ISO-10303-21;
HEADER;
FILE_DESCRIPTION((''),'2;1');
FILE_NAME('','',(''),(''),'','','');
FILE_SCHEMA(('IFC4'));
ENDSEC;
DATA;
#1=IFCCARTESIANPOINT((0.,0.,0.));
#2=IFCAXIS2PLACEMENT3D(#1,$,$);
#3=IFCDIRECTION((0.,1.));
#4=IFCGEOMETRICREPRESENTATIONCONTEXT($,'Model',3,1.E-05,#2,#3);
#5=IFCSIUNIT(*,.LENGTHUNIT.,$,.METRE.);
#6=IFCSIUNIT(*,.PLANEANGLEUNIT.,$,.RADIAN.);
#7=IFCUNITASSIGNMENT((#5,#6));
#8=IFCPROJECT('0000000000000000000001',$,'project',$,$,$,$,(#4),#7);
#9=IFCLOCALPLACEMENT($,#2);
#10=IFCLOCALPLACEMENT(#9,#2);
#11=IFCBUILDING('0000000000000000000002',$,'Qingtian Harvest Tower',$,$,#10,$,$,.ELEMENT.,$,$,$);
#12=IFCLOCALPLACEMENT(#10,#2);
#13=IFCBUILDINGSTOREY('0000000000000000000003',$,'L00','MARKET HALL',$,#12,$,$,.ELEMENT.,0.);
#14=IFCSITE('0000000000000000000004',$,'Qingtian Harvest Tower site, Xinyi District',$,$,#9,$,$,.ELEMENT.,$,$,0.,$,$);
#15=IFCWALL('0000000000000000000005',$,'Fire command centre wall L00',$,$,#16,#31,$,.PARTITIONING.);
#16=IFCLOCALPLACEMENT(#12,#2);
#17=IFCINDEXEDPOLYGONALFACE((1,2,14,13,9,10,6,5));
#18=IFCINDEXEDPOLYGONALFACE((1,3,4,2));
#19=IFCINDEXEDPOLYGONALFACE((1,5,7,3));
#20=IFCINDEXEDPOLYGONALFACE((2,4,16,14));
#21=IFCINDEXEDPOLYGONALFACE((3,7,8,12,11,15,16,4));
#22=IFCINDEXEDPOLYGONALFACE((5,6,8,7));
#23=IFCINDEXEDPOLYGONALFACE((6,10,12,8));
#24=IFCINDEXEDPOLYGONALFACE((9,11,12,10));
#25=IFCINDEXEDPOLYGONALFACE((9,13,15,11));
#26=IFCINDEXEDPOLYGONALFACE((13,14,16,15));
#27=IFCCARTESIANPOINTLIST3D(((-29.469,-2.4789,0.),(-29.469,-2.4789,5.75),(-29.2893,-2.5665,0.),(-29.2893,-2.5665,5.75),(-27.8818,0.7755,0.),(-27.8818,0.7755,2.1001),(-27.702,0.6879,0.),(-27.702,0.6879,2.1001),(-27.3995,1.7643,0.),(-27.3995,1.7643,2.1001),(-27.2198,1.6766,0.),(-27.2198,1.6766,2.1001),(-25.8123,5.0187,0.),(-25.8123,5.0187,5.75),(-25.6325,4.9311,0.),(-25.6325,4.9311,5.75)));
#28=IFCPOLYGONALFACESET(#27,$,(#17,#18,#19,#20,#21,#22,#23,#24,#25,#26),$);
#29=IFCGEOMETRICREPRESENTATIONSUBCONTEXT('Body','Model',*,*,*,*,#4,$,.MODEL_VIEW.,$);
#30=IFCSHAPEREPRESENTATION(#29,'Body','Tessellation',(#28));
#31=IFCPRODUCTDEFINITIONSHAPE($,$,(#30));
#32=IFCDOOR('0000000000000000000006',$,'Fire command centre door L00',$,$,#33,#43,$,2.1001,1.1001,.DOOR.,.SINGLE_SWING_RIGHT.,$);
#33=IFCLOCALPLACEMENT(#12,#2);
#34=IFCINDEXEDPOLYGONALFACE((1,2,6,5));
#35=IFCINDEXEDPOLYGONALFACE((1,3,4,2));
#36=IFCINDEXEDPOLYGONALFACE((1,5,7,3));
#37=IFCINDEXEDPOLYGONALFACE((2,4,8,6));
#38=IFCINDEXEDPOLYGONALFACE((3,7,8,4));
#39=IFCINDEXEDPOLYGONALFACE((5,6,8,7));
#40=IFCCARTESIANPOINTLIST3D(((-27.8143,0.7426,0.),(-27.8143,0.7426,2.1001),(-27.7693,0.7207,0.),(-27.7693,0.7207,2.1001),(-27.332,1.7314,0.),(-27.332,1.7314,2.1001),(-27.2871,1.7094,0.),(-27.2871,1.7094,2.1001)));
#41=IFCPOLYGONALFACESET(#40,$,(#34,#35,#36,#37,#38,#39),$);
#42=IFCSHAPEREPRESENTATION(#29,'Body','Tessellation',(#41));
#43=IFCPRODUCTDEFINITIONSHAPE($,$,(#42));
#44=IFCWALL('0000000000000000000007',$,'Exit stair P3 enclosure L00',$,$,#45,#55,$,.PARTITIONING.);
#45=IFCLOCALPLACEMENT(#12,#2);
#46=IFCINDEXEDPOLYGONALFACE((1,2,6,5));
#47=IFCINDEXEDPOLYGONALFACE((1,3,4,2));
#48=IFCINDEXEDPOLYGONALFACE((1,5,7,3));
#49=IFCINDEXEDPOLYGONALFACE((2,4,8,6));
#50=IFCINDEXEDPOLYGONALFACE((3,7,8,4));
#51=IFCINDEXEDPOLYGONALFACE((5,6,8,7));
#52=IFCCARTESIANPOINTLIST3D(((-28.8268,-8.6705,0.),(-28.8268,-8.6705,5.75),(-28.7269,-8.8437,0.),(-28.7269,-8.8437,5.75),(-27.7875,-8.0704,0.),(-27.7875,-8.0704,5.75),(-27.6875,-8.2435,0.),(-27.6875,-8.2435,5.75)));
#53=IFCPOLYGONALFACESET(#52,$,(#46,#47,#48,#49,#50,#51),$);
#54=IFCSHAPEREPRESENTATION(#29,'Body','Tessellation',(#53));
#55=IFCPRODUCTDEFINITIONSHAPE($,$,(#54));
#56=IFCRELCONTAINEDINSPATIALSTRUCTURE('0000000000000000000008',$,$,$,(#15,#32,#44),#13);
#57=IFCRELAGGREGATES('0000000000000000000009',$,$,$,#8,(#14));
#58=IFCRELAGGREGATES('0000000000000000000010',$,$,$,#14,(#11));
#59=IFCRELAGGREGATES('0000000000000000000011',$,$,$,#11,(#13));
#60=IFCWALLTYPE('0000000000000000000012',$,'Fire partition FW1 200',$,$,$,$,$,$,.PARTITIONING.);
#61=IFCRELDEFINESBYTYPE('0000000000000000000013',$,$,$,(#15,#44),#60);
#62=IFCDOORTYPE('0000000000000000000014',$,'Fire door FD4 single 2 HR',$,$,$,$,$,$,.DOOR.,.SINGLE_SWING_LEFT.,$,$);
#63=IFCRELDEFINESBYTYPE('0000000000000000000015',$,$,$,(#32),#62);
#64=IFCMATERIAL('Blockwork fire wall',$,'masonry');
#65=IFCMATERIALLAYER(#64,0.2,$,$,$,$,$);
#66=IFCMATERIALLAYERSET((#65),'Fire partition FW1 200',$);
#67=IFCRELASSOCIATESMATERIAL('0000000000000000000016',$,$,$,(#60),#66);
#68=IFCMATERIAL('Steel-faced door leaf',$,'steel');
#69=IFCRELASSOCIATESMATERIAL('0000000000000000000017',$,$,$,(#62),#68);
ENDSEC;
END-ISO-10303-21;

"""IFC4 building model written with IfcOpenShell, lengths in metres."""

from ifc_helpers import new_model, si_unit, direction, frame, frame_2d, origin, place, context, subcontext, project, spatial, rectangle, extrude, material, layer, layer_set, type_object, element, fill, save


model = new_model("IFC4")

# Units and contexts
model_context = context("Model", 3, precision=1e-05, world=origin(), true_north=direction((0.0, 1.0)))
body_context = subcontext(model_context, "Body", "Model", "MODEL_VIEW")
ifc_project = project(units=[si_unit("LENGTHUNIT", "METRE"), si_unit("PLANEANGLEUNIT", "RADIAN")], contexts=[model_context])

# Site, building, storey
site_placement = place(None, origin())
site = spatial("IfcSite", under=ifc_project, at=site_placement, Name="Qingtian Harvest Tower site, Xinyi District", CompositionType="ELEMENT", RefElevation=0.0)
building_placement = place(site_placement, origin())
building = spatial("IfcBuilding", under=site, at=building_placement, Name="Qingtian Harvest Tower", CompositionType="ELEMENT")
storey_placement = place(building_placement, origin())
storey = spatial("IfcBuildingStorey", under=building, at=storey_placement, Name="L00", Description="MARKET HALL", CompositionType="ELEMENT", Elevation=0.0)

# Wall, opening, door
ifc_material_1 = material(Name="Blockwork fire wall", Category="masonry")
ifc_layer_1 = layer(ifc_material_1, 0.2)
ifc_layer_set_1 = layer_set([ifc_layer_1], Name="Fire partition FW1 200")
wall_type = type_object("IfcWallType", Name="Fire partition FW1 200", PredefinedType="PARTITIONING", material=ifc_layer_set_1)
wall_1_placement = place(storey_placement, frame((-29.3792, -2.5227, 0.0), z_axis=(0.0, 0.0, 1.0), x_axis=(0.438365, 0.898797, 0.0)))
wall_1 = element("IfcWall", 1, at=wall_1_placement, inside=storey, type_object=wall_type, Name="Fire command centre wall L00", PredefinedType="PARTITIONING", context=body_context, shape_type="SweptSolid", body=[
    extrude(rectangle(XDim=8.3418, YDim=0.2, at=frame_2d((4.1709, 0.0))), origin(), (0.0, 0.0, 1.0), 5.75),
])
opening_placement = place(wall_1_placement, frame((3.6208, 0.0, 0.0)))
opening = element("IfcOpeningElement", 2, at=opening_placement, cuts=wall_1, PredefinedType="OPENING", context=body_context, shape_type="SweptSolid", body=[
    extrude(rectangle(XDim=1.1001, YDim=2.1001, at=frame_2d((0.55, 1.05))), frame((0.0, 0.1099, 0.0), z_axis=(0.0, -1.0, 0.0), x_axis=(1.0, 0.0, 0.0)), (0.0, 0.0, 1.0), 0.22),
])
ifc_material_2 = material(Name="Steel-faced door leaf", Category="steel")
door_type = type_object("IfcDoorType", Name="Fire door FD4 single 2 HR", OperationType="SINGLE_SWING_LEFT", PredefinedType="DOOR", material=ifc_material_2)
door_placement = place(opening_placement, origin())
door = element("IfcDoor", 3, at=door_placement, inside=storey, type_object=door_type, Name="Fire command centre door L00", OperationType="SINGLE_SWING_RIGHT", OverallHeight=2.1001, OverallWidth=1.1001, PredefinedType="DOOR", context=body_context, shape_type="SweptSolid", body=[
    extrude(rectangle(XDim=1.1001, YDim=2.1001, at=frame_2d((0.55, 1.05))), frame((0.0, 0.0249, 0.0), z_axis=(0.0, -1.0, 0.0), x_axis=(1.0, 0.0, 0.0)), (0.0, 0.0, 1.0), 0.05),
])
fill(opening, door)

# Wall
wall_2_placement = place(storey_placement, frame((-28.7769, -8.7571, 0.0), z_axis=(0.0, 0.0, 1.0), x_axis=(0.866006, 0.500034, 0.0)))
element("IfcWall", 4, at=wall_2_placement, inside=storey, type_object=wall_type, Name="Exit stair P3 enclosure L00", PredefinedType="PARTITIONING", context=body_context, shape_type="SweptSolid", body=[
    extrude(rectangle(XDim=1.2002, YDim=0.2, at=frame_2d((0.6001, 0.0))), origin(), (0.0, 0.0, 1.0), 5.75),
])

save(model, "model.ifc")
